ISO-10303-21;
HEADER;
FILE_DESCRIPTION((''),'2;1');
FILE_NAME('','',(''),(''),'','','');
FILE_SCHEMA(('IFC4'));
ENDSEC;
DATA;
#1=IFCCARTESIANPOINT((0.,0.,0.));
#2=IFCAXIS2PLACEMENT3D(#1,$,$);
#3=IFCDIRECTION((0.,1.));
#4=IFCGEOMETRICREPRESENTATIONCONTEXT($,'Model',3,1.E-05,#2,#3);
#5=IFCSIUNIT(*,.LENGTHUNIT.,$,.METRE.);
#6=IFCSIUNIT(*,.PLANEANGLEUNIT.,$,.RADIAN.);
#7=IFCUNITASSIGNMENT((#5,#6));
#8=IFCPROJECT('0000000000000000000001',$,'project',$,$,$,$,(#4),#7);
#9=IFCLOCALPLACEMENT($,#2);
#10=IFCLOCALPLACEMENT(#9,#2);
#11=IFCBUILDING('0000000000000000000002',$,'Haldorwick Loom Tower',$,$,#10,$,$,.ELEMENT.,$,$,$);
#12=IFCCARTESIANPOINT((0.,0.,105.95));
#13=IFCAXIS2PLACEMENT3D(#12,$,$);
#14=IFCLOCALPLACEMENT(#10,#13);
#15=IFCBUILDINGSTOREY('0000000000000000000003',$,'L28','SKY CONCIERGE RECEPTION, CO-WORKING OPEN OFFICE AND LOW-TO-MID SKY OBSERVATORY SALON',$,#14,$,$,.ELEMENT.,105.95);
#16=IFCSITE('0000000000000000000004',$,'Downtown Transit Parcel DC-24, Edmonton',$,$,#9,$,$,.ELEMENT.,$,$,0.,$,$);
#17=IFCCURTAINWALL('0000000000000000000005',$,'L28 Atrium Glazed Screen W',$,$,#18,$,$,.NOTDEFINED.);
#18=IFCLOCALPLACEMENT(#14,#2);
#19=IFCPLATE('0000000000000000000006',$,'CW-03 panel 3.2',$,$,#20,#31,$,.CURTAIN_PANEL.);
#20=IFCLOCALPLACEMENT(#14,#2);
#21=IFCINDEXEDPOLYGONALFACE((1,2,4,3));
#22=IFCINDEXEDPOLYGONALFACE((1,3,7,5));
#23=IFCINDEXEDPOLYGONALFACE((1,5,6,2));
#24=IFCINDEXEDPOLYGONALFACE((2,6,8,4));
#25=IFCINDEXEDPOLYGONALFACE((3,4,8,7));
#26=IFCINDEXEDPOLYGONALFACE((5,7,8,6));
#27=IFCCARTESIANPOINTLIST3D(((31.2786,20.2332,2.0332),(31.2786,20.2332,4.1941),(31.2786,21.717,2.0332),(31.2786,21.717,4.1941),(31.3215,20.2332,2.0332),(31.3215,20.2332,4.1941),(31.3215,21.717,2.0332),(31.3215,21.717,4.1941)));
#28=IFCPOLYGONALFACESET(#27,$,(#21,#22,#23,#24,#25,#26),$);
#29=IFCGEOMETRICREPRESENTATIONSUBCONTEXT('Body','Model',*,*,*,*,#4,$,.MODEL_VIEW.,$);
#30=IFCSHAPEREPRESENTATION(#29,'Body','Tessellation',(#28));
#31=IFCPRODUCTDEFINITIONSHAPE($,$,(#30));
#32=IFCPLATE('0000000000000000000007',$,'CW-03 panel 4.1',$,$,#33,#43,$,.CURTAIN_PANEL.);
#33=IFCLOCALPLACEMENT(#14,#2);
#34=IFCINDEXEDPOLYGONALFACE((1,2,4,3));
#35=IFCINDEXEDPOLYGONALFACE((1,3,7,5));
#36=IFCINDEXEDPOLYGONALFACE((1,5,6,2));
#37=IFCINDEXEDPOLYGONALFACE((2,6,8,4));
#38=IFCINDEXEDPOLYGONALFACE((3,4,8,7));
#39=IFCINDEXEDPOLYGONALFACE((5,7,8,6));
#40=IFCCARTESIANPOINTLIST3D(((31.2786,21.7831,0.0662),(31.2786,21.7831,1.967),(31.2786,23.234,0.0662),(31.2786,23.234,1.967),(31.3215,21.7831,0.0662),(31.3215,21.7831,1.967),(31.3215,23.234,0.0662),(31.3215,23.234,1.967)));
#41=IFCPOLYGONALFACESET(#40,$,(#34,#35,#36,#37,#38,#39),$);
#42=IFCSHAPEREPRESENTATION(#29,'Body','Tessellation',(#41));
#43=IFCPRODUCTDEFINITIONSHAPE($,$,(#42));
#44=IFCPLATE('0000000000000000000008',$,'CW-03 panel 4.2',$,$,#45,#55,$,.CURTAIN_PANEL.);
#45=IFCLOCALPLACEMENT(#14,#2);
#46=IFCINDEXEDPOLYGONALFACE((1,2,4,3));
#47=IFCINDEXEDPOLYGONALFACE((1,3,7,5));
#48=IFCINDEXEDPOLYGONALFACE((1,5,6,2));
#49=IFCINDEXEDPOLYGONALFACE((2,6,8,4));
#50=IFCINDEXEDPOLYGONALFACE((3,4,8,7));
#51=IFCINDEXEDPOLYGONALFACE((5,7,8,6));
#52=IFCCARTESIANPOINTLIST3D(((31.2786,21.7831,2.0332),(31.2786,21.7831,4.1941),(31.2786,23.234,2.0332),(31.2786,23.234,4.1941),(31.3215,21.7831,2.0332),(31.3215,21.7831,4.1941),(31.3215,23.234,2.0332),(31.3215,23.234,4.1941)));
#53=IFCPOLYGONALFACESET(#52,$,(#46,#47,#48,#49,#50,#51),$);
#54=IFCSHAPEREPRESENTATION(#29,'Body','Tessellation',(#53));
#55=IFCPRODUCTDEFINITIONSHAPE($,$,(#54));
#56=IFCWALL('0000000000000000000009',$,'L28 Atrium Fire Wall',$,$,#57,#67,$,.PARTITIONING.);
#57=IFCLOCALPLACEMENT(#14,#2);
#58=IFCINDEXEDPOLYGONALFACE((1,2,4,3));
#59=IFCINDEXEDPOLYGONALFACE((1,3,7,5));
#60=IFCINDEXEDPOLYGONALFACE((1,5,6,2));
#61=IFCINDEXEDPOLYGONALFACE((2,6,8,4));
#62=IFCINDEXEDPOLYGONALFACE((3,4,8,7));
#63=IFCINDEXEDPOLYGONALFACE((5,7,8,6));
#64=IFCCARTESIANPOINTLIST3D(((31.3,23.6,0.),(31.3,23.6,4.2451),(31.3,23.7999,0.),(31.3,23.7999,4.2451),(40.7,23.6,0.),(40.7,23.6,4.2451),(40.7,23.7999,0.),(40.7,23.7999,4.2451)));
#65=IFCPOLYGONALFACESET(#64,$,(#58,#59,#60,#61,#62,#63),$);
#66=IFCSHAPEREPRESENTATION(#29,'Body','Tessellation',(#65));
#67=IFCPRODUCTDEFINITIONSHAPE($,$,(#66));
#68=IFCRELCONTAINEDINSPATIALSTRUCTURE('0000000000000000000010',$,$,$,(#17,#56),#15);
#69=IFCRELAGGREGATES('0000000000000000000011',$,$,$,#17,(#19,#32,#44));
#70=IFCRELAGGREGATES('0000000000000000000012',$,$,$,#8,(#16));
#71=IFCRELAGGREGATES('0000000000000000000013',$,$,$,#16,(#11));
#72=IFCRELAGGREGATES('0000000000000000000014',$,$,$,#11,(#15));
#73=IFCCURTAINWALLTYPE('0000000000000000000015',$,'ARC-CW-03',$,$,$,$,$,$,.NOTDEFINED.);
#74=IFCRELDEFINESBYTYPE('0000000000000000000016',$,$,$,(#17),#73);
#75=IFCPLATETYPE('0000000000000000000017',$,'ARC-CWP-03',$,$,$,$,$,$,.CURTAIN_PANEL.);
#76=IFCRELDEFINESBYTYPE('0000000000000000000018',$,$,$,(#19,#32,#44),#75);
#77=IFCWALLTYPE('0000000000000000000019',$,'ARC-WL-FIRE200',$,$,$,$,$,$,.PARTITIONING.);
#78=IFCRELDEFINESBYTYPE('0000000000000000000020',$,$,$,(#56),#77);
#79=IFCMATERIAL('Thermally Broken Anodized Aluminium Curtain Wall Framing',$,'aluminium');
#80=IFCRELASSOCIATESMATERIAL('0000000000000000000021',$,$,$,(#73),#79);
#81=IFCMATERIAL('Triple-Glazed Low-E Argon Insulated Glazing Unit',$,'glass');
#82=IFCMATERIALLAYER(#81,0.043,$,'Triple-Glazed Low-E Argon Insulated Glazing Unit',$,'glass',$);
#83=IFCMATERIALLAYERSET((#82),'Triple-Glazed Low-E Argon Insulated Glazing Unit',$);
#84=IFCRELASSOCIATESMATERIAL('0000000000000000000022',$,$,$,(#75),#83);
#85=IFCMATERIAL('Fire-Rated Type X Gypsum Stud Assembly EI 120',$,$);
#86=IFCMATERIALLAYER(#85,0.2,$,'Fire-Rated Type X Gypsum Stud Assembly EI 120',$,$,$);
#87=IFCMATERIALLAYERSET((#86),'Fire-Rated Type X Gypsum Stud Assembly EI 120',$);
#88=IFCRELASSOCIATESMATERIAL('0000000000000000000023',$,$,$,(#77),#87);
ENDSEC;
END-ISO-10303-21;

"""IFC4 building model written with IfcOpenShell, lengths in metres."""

from ifc_helpers import new_model, si_unit, direction, frame, frame_2d, origin, origin_2d, place, context, subcontext, project, spatial, rectangle, extrude, material, layer, layer_set, type_object, element, aggregate, save


model = new_model("IFC4")

# Units and contexts
model_context = context("Model", 3, precision=1e-05, world=origin(), true_north=direction((0.0, 1.0)))
body_context = subcontext(model_context, "Body", "Model", "MODEL_VIEW")
ifc_project = project(units=[si_unit("LENGTHUNIT", "METRE"), si_unit("PLANEANGLEUNIT", "RADIAN")], contexts=[model_context])

# Site, building, storey
site_placement = place(None, origin())
site = spatial("IfcSite", under=ifc_project, at=site_placement, Name="Downtown Transit Parcel DC-24, Edmonton", CompositionType="ELEMENT", RefElevation=0.0)
building_placement = place(site_placement, origin())
building = spatial("IfcBuilding", under=site, at=building_placement, Name="Haldorwick Loom Tower", CompositionType="ELEMENT")
storey_placement = place(building_placement, frame((0.0, 0.0, 105.95)))
storey = spatial("IfcBuildingStorey", under=building, at=storey_placement, Name="L28", Description="SKY CONCIERGE RECEPTION, CO-WORKING OPEN OFFICE AND LOW-TO-MID SKY OBSERVATORY SALON", CompositionType="ELEMENT", Elevation=105.95)

# Shared definitions
ifc_material_1 = material(Name="Thermally Broken Anodized Aluminium Curtain Wall Framing", Category="aluminium")
curtain_wall_type = type_object("IfcCurtainWallType", Name="ARC-CW-03", PredefinedType="NOTDEFINED", material=ifc_material_1)

# Curtain wall
curtain_wall_1_placement = place(storey_placement, origin())
curtain_wall_1 = element("IfcCurtainWall", 1, at=curtain_wall_1_placement, inside=storey, type_object=curtain_wall_type, Name="L28 Atrium Glazed Screen W", PredefinedType="NOTDEFINED")

# Plates
ifc_material_2 = material(Name="Triple-Glazed Low-E Argon Insulated Glazing Unit", Category="glass")
ifc_layer_1 = layer(ifc_material_2, 0.043, Name="Triple-Glazed Low-E Argon Insulated Glazing Unit", Category="glass")
ifc_layer_set_1 = layer_set([ifc_layer_1], Name="Triple-Glazed Low-E Argon Insulated Glazing Unit")
plate_type = type_object("IfcPlateType", Name="ARC-CWP-03", PredefinedType="CURTAIN_PANEL", material=ifc_layer_set_1)
plate_1_placement = place(storey_placement, frame((31.3, 20.9751, 2.0332), z_axis=(0.0, 0.0, 1.0), x_axis=(0.0, 1.0, 0.0)))
plate_1 = element("IfcPlate", 2, at=plate_1_placement, type_object=plate_type, Name="CW-03 panel 3.2", PredefinedType="CURTAIN_PANEL", context=body_context, shape_type="SweptSolid", body=[
    extrude(rectangle(XDim=1.4839, YDim=0.043, at=origin_2d()), origin(), (0.0, 0.0, 1.0), 2.1609),
])
plate_2_placement = place(storey_placement, frame((31.3, 22.5085, 0.0662), z_axis=(0.0, 0.0, 1.0), x_axis=(0.0, 1.0, 0.0)))
plate_2 = element("IfcPlate", 3, at=plate_2_placement, type_object=plate_type, Name="CW-03 panel 4.1", PredefinedType="CURTAIN_PANEL", context=body_context, shape_type="SweptSolid", body=[
    extrude(rectangle(XDim=1.4509, YDim=0.043, at=origin_2d()), origin(), (0.0, 0.0, 1.0), 1.9009),
])
plate_3_placement = place(storey_placement, frame((31.3, 22.5085, 2.0332), z_axis=(0.0, 0.0, 1.0), x_axis=(0.0, 1.0, 0.0)))
plate_3 = element("IfcPlate", 4, at=plate_3_placement, type_object=plate_type, Name="CW-03 panel 4.2", PredefinedType="CURTAIN_PANEL", context=body_context, shape_type="SweptSolid", body=[
    extrude(rectangle(XDim=1.4509, YDim=0.043, at=origin_2d()), origin(), (0.0, 0.0, 1.0), 2.1609),
])
aggregate(curtain_wall_1, [plate_1, plate_2, plate_3])

# Wall
ifc_material_3 = material(Name="Fire-Rated Type X Gypsum Stud Assembly EI 120")
ifc_layer_2 = layer(ifc_material_3, 0.2, Name="Fire-Rated Type X Gypsum Stud Assembly EI 120")
ifc_layer_set_2 = layer_set([ifc_layer_2], Name="Fire-Rated Type X Gypsum Stud Assembly EI 120")
wall_type = type_object("IfcWallType", Name="ARC-WL-FIRE200", PredefinedType="PARTITIONING", material=ifc_layer_set_2)
wall_placement = place(storey_placement, frame((31.3, 23.7, 0.0), z_axis=(0.0, 0.0, 1.0), x_axis=(1.0, 0.0, 0.0)))
element("IfcWall", 5, at=wall_placement, inside=storey, type_object=wall_type, Name="L28 Atrium Fire Wall", PredefinedType="PARTITIONING", context=body_context, shape_type="SweptSolid", body=[
    extrude(rectangle(XDim=9.3999, YDim=0.2, at=frame_2d((4.7, 0.0))), origin(), (0.0, 0.0, 1.0), 4.2451),
])

save(model, "model.ifc")
